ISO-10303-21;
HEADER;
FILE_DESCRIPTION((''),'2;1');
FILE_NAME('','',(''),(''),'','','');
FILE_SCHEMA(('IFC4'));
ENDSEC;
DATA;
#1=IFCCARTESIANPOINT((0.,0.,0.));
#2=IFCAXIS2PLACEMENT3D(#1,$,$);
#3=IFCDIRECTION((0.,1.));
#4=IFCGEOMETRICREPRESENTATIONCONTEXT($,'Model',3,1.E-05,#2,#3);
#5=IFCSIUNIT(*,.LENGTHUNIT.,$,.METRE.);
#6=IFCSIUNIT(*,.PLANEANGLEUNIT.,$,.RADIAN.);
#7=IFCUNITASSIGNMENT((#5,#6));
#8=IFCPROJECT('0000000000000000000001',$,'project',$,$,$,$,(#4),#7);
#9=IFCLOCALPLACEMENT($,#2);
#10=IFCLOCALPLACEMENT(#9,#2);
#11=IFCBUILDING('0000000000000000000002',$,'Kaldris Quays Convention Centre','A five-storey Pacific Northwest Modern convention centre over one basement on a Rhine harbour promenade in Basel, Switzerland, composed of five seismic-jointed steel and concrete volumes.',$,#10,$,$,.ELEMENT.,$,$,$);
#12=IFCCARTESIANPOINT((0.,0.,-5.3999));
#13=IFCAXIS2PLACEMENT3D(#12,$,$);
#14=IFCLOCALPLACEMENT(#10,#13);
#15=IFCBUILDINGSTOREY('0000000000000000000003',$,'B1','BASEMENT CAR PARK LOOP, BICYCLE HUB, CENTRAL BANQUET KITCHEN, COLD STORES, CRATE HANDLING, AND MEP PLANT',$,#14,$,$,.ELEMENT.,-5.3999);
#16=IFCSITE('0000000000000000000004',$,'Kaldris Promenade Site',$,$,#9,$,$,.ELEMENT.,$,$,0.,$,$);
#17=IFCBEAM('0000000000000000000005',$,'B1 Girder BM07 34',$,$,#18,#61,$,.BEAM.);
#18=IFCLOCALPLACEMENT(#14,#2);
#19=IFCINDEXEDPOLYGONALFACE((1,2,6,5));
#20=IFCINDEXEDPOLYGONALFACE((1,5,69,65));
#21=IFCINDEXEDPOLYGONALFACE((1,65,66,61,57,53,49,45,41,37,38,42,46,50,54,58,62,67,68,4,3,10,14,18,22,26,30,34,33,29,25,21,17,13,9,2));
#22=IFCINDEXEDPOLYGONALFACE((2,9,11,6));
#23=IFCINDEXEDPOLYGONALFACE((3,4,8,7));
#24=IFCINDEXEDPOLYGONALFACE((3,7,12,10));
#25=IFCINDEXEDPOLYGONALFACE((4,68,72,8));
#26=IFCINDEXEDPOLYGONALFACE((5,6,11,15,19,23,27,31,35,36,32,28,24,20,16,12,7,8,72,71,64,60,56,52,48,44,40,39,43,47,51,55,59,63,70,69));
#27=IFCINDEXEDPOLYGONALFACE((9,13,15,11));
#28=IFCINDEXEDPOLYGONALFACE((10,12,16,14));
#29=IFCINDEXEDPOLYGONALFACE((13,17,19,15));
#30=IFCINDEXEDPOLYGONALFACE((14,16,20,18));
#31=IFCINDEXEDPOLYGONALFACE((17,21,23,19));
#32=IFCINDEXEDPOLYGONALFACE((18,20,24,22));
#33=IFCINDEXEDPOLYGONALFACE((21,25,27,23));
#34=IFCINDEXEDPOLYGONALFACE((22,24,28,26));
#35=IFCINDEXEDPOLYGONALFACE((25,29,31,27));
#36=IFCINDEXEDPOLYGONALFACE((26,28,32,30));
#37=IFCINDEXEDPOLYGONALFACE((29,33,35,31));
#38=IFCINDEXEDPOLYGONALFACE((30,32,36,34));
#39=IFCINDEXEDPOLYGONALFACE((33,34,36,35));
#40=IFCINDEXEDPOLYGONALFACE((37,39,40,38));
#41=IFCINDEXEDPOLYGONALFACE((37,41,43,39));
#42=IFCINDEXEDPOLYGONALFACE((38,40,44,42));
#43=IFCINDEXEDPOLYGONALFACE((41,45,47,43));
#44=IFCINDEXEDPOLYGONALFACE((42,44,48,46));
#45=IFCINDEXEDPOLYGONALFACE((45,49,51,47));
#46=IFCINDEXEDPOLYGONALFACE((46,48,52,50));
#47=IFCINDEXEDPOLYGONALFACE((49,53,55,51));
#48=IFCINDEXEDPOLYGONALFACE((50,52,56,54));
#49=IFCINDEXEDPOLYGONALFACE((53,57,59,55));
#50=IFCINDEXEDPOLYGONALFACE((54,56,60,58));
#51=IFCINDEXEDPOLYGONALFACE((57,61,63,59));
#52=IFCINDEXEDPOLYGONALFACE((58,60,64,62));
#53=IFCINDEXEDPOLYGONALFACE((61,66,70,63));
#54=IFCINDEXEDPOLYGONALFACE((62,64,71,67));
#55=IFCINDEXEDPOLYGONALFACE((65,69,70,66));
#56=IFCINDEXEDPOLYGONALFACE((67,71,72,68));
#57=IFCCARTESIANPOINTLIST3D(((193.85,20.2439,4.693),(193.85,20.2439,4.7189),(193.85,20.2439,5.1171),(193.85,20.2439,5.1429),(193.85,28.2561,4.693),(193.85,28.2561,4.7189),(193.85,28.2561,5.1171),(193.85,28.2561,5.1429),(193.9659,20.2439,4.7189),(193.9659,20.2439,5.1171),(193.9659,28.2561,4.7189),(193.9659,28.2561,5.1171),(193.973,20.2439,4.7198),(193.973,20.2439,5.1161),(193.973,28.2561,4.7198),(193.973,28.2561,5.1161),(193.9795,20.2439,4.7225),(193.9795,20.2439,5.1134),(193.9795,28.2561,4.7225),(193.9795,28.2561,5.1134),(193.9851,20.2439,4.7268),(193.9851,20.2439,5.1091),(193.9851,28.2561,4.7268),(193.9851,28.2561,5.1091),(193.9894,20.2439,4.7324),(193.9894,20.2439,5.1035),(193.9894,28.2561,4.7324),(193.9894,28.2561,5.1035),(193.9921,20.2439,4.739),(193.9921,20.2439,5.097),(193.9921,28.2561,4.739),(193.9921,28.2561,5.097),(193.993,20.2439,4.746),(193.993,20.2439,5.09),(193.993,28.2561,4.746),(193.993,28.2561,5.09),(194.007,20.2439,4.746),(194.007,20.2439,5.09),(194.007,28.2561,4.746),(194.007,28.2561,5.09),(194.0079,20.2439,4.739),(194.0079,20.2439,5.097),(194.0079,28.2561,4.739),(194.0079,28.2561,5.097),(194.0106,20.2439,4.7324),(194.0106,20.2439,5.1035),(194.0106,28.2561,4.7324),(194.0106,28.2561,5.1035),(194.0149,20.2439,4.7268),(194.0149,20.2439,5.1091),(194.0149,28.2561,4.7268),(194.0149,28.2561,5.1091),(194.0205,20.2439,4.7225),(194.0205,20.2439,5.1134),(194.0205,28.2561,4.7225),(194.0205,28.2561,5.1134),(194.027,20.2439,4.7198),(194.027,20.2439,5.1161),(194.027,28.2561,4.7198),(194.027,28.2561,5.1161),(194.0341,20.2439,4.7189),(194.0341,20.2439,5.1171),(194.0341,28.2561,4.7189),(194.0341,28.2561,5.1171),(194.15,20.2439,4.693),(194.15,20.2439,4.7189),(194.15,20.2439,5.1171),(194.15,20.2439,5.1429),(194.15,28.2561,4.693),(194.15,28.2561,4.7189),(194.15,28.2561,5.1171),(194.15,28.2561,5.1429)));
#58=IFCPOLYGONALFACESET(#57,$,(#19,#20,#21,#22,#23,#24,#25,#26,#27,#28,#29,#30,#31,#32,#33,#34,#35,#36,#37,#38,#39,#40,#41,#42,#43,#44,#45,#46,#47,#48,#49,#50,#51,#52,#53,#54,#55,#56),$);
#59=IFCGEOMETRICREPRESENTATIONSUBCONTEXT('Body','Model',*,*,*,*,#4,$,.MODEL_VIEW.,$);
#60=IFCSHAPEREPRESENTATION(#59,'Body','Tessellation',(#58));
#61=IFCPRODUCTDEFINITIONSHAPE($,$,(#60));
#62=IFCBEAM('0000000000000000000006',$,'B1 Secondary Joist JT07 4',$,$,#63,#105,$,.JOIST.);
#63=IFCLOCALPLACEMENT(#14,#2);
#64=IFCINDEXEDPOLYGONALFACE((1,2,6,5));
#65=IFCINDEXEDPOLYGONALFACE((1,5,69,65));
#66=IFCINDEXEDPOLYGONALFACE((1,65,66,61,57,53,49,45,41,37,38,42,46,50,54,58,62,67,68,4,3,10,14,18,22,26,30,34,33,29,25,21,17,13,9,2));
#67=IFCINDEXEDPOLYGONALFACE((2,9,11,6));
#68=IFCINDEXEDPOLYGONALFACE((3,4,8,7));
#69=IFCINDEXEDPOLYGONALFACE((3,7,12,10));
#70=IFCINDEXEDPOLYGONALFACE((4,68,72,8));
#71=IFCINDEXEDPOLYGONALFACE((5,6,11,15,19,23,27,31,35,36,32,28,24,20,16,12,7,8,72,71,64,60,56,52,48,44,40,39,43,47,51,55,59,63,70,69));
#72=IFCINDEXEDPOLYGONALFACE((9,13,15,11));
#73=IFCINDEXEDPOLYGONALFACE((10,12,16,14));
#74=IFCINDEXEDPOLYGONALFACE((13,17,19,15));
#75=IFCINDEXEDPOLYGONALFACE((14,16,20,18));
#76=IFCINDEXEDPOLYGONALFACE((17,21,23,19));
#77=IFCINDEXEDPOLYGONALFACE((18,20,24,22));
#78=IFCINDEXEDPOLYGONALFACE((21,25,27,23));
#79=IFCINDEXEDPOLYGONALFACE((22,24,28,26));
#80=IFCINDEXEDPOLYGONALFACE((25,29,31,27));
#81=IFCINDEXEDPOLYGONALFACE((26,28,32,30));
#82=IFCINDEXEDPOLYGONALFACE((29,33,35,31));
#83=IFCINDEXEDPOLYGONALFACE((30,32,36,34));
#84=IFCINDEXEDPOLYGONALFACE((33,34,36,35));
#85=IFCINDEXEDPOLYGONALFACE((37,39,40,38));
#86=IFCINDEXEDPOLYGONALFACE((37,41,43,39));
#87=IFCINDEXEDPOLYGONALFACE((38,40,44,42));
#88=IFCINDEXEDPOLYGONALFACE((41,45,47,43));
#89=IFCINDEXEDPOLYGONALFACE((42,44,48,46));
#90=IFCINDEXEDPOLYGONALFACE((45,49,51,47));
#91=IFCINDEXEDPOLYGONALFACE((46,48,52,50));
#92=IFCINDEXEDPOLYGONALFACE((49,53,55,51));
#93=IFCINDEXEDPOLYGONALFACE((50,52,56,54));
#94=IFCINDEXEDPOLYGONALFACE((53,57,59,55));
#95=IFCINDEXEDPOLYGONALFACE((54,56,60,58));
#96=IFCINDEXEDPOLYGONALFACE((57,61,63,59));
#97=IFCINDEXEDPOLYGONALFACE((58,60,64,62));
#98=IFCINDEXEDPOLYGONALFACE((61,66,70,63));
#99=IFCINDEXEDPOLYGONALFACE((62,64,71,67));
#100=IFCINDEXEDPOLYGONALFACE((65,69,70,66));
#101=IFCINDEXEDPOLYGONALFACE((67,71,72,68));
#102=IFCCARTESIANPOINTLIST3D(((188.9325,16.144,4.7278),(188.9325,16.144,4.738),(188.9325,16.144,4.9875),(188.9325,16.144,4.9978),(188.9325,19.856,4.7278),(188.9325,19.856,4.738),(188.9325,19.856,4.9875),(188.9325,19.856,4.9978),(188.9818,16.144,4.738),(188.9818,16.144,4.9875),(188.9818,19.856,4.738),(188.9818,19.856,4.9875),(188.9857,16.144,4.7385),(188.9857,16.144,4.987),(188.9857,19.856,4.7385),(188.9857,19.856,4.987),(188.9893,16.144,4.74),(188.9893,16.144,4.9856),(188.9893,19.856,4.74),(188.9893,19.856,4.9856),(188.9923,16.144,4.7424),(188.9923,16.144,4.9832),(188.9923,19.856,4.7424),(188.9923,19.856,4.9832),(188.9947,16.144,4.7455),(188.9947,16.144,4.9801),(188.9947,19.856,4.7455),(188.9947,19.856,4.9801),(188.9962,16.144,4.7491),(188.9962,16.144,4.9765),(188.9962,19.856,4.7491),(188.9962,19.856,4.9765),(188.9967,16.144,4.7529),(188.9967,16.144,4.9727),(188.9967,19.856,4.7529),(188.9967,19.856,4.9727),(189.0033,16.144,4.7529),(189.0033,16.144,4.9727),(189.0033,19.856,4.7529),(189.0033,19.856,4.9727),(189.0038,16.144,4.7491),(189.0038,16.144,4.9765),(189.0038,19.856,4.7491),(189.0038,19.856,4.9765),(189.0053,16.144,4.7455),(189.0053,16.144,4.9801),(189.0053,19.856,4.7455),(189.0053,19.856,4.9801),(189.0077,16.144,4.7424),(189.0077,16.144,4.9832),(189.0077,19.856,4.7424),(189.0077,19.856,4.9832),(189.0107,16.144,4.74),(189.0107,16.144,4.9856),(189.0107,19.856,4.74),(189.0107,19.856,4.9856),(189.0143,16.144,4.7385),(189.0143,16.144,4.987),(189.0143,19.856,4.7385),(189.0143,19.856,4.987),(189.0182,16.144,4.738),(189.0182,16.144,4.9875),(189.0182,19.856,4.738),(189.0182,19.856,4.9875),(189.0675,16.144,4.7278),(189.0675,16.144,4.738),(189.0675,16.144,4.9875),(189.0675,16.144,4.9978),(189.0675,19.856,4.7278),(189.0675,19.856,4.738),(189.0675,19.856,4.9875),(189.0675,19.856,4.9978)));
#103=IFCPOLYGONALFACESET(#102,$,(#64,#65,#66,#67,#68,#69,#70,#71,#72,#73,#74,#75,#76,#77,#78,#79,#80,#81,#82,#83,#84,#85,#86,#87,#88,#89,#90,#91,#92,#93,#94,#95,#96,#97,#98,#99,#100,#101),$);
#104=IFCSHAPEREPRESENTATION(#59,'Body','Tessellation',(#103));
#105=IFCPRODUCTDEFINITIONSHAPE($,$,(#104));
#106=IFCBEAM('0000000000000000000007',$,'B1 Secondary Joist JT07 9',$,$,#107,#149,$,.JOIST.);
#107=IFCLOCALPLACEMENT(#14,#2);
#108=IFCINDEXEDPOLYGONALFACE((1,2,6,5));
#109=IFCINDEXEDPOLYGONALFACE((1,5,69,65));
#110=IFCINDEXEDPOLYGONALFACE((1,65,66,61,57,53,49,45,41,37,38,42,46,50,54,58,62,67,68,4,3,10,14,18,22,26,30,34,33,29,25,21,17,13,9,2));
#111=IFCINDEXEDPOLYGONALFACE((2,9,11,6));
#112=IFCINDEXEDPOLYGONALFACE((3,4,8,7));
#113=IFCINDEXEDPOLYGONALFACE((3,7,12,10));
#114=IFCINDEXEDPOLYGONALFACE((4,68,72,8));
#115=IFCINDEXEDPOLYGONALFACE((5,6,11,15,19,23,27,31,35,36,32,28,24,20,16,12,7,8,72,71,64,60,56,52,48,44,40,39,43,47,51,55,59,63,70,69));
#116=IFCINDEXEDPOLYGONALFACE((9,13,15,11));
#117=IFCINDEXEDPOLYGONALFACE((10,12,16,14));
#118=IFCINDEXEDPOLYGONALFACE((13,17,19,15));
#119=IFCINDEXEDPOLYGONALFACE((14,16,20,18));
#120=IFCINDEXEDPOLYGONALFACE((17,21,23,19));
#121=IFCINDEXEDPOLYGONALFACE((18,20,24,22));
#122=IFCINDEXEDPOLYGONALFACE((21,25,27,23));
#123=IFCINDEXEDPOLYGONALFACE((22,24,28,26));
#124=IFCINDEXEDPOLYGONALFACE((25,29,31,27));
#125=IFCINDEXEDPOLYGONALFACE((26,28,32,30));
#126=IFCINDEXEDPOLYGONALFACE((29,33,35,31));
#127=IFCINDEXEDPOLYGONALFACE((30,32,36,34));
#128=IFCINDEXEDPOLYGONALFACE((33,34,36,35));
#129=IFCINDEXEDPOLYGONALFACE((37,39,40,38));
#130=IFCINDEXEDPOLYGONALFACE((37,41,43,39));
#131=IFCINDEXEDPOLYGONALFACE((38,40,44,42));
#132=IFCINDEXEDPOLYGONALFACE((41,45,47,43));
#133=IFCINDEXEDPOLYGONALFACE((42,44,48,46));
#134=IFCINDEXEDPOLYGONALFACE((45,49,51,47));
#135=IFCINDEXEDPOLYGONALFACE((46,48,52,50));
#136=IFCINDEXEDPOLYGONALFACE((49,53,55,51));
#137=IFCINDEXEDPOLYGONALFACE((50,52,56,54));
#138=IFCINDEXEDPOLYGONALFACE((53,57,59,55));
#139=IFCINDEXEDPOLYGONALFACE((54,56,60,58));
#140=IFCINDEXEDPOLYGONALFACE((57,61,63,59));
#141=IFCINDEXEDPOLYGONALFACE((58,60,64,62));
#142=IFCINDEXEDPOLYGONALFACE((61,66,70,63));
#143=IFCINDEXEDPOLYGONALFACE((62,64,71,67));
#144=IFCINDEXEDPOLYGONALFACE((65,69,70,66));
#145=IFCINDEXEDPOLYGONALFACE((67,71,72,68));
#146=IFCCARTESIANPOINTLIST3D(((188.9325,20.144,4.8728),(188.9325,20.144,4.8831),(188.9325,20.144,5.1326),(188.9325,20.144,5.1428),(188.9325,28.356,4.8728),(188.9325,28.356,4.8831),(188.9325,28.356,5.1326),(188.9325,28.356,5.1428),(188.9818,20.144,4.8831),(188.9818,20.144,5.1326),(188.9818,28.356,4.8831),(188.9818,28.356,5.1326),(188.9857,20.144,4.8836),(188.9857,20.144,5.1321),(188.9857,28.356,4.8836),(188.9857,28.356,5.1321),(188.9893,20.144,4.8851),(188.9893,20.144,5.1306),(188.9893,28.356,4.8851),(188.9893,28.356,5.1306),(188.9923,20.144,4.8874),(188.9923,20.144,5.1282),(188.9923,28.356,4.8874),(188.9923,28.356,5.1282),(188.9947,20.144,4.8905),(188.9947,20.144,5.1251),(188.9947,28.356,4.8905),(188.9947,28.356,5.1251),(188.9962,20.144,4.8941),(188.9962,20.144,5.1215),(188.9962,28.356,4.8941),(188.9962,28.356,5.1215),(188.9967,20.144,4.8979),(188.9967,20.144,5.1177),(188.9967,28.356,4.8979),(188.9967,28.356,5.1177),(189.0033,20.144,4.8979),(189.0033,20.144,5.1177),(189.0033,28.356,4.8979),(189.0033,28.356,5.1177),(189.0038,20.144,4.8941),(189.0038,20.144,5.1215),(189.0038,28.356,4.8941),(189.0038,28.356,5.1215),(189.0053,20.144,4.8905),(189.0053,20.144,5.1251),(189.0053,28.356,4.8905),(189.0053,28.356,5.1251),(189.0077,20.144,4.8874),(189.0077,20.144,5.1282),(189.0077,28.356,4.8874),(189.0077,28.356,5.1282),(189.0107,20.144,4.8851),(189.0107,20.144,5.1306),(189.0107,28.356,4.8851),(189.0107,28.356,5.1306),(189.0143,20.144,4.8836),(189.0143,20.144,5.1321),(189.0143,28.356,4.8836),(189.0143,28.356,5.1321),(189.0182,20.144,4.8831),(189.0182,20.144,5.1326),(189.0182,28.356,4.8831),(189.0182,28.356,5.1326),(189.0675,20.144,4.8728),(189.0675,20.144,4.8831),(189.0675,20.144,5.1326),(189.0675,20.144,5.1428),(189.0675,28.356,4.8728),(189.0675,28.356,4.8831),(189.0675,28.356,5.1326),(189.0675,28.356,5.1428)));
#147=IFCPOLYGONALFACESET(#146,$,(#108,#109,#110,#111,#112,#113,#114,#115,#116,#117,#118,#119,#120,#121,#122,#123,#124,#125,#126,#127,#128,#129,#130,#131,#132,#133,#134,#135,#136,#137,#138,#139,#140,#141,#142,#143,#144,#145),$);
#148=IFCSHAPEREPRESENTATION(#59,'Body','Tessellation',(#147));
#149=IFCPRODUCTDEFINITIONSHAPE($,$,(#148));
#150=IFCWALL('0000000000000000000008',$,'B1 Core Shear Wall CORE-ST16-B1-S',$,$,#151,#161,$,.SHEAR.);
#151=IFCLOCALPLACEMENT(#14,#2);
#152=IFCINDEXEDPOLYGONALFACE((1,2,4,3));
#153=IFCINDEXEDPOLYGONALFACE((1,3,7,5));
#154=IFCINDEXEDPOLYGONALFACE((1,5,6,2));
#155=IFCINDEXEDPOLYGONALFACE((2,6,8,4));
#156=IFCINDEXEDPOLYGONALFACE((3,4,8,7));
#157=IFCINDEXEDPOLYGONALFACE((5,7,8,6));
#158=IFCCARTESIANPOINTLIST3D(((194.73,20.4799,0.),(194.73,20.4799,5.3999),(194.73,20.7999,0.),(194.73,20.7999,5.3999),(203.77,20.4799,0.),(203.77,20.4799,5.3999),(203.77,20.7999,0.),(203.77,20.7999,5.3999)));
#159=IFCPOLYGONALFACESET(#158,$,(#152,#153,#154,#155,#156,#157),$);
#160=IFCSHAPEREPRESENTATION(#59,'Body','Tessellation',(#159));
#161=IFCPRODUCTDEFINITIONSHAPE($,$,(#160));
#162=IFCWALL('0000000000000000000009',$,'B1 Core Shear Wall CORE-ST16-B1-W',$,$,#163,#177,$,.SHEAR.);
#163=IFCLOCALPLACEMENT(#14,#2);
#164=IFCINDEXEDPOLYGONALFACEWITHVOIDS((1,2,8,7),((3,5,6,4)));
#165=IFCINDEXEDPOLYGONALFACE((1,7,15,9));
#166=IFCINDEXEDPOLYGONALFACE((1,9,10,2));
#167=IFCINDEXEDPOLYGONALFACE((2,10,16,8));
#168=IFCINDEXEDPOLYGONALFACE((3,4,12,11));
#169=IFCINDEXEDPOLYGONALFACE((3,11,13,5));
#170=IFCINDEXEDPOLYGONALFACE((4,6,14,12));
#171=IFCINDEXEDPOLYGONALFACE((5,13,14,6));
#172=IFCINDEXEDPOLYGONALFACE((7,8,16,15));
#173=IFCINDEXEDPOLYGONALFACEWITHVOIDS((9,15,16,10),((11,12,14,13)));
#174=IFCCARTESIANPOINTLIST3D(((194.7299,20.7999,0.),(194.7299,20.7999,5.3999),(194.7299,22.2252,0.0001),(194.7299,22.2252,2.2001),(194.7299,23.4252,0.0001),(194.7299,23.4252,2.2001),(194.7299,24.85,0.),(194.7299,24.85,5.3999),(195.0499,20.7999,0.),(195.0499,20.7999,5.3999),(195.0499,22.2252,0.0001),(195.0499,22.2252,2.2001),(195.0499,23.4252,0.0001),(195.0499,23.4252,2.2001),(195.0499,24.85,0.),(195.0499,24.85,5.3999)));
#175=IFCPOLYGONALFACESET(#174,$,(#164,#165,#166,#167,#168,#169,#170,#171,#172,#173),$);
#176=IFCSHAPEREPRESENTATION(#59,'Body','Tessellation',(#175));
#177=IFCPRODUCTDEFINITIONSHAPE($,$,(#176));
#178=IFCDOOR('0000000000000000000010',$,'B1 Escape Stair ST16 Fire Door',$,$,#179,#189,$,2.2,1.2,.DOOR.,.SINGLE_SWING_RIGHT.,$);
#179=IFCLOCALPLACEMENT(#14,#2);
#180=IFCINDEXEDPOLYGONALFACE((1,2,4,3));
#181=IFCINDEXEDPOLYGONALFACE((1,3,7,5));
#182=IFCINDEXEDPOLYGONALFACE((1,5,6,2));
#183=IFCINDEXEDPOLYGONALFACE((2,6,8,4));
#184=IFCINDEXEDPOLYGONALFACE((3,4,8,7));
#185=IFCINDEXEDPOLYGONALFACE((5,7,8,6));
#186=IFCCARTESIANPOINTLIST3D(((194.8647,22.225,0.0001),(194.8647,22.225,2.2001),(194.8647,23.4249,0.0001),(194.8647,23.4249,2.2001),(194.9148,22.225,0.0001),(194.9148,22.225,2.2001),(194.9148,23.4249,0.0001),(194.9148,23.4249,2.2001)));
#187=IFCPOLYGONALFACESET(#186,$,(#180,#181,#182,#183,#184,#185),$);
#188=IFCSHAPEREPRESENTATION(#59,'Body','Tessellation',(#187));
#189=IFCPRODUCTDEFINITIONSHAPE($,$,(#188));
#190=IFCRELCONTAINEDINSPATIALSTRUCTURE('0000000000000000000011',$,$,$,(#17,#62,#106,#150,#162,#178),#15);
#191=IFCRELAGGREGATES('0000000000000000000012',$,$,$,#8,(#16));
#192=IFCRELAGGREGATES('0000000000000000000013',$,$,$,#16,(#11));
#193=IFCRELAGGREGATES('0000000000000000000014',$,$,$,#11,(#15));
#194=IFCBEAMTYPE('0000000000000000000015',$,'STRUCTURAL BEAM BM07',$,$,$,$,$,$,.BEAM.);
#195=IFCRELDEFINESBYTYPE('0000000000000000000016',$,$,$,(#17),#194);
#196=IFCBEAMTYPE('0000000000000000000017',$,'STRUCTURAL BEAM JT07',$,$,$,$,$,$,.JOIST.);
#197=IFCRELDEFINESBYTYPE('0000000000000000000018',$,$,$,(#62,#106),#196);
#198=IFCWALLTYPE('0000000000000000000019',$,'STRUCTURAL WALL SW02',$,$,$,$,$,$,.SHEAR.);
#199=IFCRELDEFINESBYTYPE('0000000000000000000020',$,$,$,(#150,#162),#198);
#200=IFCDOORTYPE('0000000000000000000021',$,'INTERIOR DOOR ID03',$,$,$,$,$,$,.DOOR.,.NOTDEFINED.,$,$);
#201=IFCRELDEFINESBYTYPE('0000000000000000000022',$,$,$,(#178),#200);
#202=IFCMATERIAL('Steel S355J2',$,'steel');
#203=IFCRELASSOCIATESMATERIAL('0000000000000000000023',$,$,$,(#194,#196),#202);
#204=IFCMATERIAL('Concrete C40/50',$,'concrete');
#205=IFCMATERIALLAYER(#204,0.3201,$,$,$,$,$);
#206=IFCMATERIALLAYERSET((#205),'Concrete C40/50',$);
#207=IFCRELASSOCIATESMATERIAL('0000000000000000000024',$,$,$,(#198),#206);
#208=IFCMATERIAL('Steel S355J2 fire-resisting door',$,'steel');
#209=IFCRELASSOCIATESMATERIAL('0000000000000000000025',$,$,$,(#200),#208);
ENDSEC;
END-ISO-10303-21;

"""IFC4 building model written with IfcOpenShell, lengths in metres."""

from ifc_helpers import new_model, si_unit, direction, frame, frame_2d, origin, origin_2d, place, context, subcontext, project, spatial, rectangle, i_section, extrude, material, layer, layer_set, material_profile, profile_set, type_object, element, fill, save


model = new_model("IFC4")

# Units and contexts
model_context = context("Model", 3, precision=1e-05, world=origin(), true_north=direction((0.0, 1.0)))
body_context = subcontext(model_context, "Body", "Model", "MODEL_VIEW")
ifc_project = project(units=[si_unit("LENGTHUNIT", "METRE"), si_unit("PLANEANGLEUNIT", "RADIAN")], contexts=[model_context])

# Site, building, storey
site_placement = place(None, origin())
site = spatial("IfcSite", under=ifc_project, at=site_placement, Name="Kaldris Promenade Site", CompositionType="ELEMENT", RefElevation=0.0)
building_placement = place(site_placement, origin())
building = spatial("IfcBuilding", under=site, at=building_placement, Name="Kaldris Quays Convention Centre", Description="A five-storey Pacific Northwest Modern convention centre over one basement on a Rhine harbour promenade in Basel, Switzerland, composed of five seismic-jointed steel and concrete volumes.", CompositionType="ELEMENT")
storey_placement = place(building_placement, frame((0.0, 0.0, -5.3999)))
storey = spatial("IfcBuildingStorey", under=building, at=storey_placement, Name="B1", Description="BASEMENT CAR PARK LOOP, BICYCLE HUB, CENTRAL BANQUET KITCHEN, COLD STORES, CRATE HANDLING, AND MEP PLANT", CompositionType="ELEMENT", Elevation=-5.3999)

# Shared definitions
ifc_material_1 = material(Name="Steel S355J2", Category="steel")
ifc_material_2 = material(Name="Concrete C40/50", Category="concrete")

# Beams
ifc_material_profile_1 = material_profile(ifc_material_1, i_section(OverallWidth=0.3, OverallDepth=0.45, WebThickness=0.0139, FlangeThickness=0.0259, FilletRadius=0.0271, at=origin_2d()), Name="HEB 450")
ifc_profile_set_1 = profile_set([ifc_material_profile_1], Name="Steel S355J2")
beam_type_1 = type_object("IfcBeamType", Name="STRUCTURAL BEAM BM07", PredefinedType="BEAM", material=ifc_profile_set_1)
beam_1_placement = place(storey_placement, frame((194.0, 20.2439, 4.918), z_axis=(0.0, 1.0, 0.0), x_axis=(-1.0, 0.0, 0.0)))
element("IfcBeam", 1, at=beam_1_placement, inside=storey, type_object=beam_type_1, Name="B1 Girder BM07 34", PredefinedType="BEAM", context=body_context, shape_type="SweptSolid", body=[
    extrude(i_section(OverallWidth=0.3, OverallDepth=0.45, WebThickness=0.0139, FlangeThickness=0.0259, FilletRadius=0.0271, at=origin_2d()), origin(), (0.0, 0.0, 1.0), 8.0122),
])
ifc_material_profile_2 = material_profile(ifc_material_1, i_section(OverallWidth=0.135, OverallDepth=0.27, WebThickness=0.0066, FlangeThickness=0.0103, FilletRadius=0.0149, at=origin_2d()), Name="IPE 270")
ifc_profile_set_2 = profile_set([ifc_material_profile_2], Name="Steel S355J2")
beam_type_2 = type_object("IfcBeamType", Name="STRUCTURAL BEAM JT07", PredefinedType="JOIST", material=ifc_profile_set_2)
beam_2_placement = place(storey_placement, frame((189.0, 16.144, 4.8628), z_axis=(0.0, 1.0, 0.0), x_axis=(-1.0, 0.0, 0.0)))
element("IfcBeam", 2, at=beam_2_placement, inside=storey, type_object=beam_type_2, Name="B1 Secondary Joist JT07 4", PredefinedType="JOIST", context=body_context, shape_type="SweptSolid", body=[
    extrude(i_section(OverallWidth=0.135, OverallDepth=0.27, WebThickness=0.0066, FlangeThickness=0.0103, FilletRadius=0.0149, at=origin_2d()), origin(), (0.0, 0.0, 1.0), 3.7119),
])
beam_3_placement = place(storey_placement, frame((189.0, 20.144, 5.0078), z_axis=(0.0, 1.0, 0.0), x_axis=(-1.0, 0.0, 0.0)))
element("IfcBeam", 3, at=beam_3_placement, inside=storey, type_object=beam_type_2, Name="B1 Secondary Joist JT07 9", PredefinedType="JOIST", context=body_context, shape_type="SweptSolid", body=[
    extrude(i_section(OverallWidth=0.135, OverallDepth=0.27, WebThickness=0.0066, FlangeThickness=0.0103, FilletRadius=0.0149, at=origin_2d()), origin(), (0.0, 0.0, 1.0), 8.2119),
])

# Wall
ifc_layer = layer(ifc_material_2, 0.3201)
ifc_layer_set = layer_set([ifc_layer], Name="Concrete C40/50")
wall_type = type_object("IfcWallType", Name="STRUCTURAL WALL SW02", PredefinedType="SHEAR", material=ifc_layer_set)
wall_1_placement = place(storey_placement, frame((194.73, 20.6399, 0.0), z_axis=(0.0, 0.0, 1.0), x_axis=(1.0, 0.0, 0.0)))
element("IfcWall", 4, at=wall_1_placement, inside=storey, type_object=wall_type, Name="B1 Core Shear Wall CORE-ST16-B1-S", PredefinedType="SHEAR", context=body_context, shape_type="SweptSolid", body=[
    extrude(rectangle(XDim=9.04, YDim=0.3201, at=frame_2d((4.52, 0.0))), origin(), (0.0, 0.0, 1.0), 5.3999),
])

# Wall, opening, door
wall_2_placement = place(storey_placement, frame((194.8899, 20.8, 0.0), z_axis=(0.0, 0.0, 1.0), x_axis=(0.0, 1.0, 0.0)))
wall_2 = element("IfcWall", 5, at=wall_2_placement, inside=storey, type_object=wall_type, Name="B1 Core Shear Wall CORE-ST16-B1-W", PredefinedType="SHEAR", context=body_context, shape_type="SweptSolid", body=[
    extrude(rectangle(XDim=4.05, YDim=0.3201, at=frame_2d((2.0249, 0.0))), origin(), (0.0, 0.0, 1.0), 5.3999),
])
opening_placement = place(wall_2_placement, frame((1.425, 0.0, 0.0)))
opening = element("IfcOpeningElement", 6, at=opening_placement, cuts=wall_2, PredefinedType="OPENING", context=body_context, shape_type="SweptSolid", body=[
    extrude(rectangle(XDim=1.2, YDim=2.2, at=frame_2d((0.6001, 1.1001))), frame((0.0, 0.1699, 0.0), z_axis=(0.0, -1.0, 0.0), x_axis=(1.0, 0.0, 0.0)), (0.0, 0.0, 1.0), 0.3401),
])
ifc_material_3 = material(Name="Steel S355J2 fire-resisting door", Category="steel")
door_type = type_object("IfcDoorType", Name="INTERIOR DOOR ID03", OperationType="NOTDEFINED", PredefinedType="DOOR", material=ifc_material_3)
door_placement = place(opening_placement, frame((1.2, 0.0, 0.0), z_axis=(0.0, 0.0, 1.0), x_axis=(-1.0, 0.0, 0.0)))
door = element("IfcDoor", 7, at=door_placement, inside=storey, type_object=door_type, Name="B1 Escape Stair ST16 Fire Door", OperationType="SINGLE_SWING_RIGHT", OverallHeight=2.2, OverallWidth=1.2, PredefinedType="DOOR", context=body_context, shape_type="SweptSolid", body=[
    extrude(rectangle(XDim=1.2, YDim=2.2, at=frame_2d((0.6001, 1.1001))), frame((0.0, 0.0249, 0.0), z_axis=(0.0, -1.0, 0.0), x_axis=(1.0, 0.0, 0.0)), (0.0, 0.0, 1.0), 0.05),
])
fill(opening, door)

save(model, "model.ifc")
